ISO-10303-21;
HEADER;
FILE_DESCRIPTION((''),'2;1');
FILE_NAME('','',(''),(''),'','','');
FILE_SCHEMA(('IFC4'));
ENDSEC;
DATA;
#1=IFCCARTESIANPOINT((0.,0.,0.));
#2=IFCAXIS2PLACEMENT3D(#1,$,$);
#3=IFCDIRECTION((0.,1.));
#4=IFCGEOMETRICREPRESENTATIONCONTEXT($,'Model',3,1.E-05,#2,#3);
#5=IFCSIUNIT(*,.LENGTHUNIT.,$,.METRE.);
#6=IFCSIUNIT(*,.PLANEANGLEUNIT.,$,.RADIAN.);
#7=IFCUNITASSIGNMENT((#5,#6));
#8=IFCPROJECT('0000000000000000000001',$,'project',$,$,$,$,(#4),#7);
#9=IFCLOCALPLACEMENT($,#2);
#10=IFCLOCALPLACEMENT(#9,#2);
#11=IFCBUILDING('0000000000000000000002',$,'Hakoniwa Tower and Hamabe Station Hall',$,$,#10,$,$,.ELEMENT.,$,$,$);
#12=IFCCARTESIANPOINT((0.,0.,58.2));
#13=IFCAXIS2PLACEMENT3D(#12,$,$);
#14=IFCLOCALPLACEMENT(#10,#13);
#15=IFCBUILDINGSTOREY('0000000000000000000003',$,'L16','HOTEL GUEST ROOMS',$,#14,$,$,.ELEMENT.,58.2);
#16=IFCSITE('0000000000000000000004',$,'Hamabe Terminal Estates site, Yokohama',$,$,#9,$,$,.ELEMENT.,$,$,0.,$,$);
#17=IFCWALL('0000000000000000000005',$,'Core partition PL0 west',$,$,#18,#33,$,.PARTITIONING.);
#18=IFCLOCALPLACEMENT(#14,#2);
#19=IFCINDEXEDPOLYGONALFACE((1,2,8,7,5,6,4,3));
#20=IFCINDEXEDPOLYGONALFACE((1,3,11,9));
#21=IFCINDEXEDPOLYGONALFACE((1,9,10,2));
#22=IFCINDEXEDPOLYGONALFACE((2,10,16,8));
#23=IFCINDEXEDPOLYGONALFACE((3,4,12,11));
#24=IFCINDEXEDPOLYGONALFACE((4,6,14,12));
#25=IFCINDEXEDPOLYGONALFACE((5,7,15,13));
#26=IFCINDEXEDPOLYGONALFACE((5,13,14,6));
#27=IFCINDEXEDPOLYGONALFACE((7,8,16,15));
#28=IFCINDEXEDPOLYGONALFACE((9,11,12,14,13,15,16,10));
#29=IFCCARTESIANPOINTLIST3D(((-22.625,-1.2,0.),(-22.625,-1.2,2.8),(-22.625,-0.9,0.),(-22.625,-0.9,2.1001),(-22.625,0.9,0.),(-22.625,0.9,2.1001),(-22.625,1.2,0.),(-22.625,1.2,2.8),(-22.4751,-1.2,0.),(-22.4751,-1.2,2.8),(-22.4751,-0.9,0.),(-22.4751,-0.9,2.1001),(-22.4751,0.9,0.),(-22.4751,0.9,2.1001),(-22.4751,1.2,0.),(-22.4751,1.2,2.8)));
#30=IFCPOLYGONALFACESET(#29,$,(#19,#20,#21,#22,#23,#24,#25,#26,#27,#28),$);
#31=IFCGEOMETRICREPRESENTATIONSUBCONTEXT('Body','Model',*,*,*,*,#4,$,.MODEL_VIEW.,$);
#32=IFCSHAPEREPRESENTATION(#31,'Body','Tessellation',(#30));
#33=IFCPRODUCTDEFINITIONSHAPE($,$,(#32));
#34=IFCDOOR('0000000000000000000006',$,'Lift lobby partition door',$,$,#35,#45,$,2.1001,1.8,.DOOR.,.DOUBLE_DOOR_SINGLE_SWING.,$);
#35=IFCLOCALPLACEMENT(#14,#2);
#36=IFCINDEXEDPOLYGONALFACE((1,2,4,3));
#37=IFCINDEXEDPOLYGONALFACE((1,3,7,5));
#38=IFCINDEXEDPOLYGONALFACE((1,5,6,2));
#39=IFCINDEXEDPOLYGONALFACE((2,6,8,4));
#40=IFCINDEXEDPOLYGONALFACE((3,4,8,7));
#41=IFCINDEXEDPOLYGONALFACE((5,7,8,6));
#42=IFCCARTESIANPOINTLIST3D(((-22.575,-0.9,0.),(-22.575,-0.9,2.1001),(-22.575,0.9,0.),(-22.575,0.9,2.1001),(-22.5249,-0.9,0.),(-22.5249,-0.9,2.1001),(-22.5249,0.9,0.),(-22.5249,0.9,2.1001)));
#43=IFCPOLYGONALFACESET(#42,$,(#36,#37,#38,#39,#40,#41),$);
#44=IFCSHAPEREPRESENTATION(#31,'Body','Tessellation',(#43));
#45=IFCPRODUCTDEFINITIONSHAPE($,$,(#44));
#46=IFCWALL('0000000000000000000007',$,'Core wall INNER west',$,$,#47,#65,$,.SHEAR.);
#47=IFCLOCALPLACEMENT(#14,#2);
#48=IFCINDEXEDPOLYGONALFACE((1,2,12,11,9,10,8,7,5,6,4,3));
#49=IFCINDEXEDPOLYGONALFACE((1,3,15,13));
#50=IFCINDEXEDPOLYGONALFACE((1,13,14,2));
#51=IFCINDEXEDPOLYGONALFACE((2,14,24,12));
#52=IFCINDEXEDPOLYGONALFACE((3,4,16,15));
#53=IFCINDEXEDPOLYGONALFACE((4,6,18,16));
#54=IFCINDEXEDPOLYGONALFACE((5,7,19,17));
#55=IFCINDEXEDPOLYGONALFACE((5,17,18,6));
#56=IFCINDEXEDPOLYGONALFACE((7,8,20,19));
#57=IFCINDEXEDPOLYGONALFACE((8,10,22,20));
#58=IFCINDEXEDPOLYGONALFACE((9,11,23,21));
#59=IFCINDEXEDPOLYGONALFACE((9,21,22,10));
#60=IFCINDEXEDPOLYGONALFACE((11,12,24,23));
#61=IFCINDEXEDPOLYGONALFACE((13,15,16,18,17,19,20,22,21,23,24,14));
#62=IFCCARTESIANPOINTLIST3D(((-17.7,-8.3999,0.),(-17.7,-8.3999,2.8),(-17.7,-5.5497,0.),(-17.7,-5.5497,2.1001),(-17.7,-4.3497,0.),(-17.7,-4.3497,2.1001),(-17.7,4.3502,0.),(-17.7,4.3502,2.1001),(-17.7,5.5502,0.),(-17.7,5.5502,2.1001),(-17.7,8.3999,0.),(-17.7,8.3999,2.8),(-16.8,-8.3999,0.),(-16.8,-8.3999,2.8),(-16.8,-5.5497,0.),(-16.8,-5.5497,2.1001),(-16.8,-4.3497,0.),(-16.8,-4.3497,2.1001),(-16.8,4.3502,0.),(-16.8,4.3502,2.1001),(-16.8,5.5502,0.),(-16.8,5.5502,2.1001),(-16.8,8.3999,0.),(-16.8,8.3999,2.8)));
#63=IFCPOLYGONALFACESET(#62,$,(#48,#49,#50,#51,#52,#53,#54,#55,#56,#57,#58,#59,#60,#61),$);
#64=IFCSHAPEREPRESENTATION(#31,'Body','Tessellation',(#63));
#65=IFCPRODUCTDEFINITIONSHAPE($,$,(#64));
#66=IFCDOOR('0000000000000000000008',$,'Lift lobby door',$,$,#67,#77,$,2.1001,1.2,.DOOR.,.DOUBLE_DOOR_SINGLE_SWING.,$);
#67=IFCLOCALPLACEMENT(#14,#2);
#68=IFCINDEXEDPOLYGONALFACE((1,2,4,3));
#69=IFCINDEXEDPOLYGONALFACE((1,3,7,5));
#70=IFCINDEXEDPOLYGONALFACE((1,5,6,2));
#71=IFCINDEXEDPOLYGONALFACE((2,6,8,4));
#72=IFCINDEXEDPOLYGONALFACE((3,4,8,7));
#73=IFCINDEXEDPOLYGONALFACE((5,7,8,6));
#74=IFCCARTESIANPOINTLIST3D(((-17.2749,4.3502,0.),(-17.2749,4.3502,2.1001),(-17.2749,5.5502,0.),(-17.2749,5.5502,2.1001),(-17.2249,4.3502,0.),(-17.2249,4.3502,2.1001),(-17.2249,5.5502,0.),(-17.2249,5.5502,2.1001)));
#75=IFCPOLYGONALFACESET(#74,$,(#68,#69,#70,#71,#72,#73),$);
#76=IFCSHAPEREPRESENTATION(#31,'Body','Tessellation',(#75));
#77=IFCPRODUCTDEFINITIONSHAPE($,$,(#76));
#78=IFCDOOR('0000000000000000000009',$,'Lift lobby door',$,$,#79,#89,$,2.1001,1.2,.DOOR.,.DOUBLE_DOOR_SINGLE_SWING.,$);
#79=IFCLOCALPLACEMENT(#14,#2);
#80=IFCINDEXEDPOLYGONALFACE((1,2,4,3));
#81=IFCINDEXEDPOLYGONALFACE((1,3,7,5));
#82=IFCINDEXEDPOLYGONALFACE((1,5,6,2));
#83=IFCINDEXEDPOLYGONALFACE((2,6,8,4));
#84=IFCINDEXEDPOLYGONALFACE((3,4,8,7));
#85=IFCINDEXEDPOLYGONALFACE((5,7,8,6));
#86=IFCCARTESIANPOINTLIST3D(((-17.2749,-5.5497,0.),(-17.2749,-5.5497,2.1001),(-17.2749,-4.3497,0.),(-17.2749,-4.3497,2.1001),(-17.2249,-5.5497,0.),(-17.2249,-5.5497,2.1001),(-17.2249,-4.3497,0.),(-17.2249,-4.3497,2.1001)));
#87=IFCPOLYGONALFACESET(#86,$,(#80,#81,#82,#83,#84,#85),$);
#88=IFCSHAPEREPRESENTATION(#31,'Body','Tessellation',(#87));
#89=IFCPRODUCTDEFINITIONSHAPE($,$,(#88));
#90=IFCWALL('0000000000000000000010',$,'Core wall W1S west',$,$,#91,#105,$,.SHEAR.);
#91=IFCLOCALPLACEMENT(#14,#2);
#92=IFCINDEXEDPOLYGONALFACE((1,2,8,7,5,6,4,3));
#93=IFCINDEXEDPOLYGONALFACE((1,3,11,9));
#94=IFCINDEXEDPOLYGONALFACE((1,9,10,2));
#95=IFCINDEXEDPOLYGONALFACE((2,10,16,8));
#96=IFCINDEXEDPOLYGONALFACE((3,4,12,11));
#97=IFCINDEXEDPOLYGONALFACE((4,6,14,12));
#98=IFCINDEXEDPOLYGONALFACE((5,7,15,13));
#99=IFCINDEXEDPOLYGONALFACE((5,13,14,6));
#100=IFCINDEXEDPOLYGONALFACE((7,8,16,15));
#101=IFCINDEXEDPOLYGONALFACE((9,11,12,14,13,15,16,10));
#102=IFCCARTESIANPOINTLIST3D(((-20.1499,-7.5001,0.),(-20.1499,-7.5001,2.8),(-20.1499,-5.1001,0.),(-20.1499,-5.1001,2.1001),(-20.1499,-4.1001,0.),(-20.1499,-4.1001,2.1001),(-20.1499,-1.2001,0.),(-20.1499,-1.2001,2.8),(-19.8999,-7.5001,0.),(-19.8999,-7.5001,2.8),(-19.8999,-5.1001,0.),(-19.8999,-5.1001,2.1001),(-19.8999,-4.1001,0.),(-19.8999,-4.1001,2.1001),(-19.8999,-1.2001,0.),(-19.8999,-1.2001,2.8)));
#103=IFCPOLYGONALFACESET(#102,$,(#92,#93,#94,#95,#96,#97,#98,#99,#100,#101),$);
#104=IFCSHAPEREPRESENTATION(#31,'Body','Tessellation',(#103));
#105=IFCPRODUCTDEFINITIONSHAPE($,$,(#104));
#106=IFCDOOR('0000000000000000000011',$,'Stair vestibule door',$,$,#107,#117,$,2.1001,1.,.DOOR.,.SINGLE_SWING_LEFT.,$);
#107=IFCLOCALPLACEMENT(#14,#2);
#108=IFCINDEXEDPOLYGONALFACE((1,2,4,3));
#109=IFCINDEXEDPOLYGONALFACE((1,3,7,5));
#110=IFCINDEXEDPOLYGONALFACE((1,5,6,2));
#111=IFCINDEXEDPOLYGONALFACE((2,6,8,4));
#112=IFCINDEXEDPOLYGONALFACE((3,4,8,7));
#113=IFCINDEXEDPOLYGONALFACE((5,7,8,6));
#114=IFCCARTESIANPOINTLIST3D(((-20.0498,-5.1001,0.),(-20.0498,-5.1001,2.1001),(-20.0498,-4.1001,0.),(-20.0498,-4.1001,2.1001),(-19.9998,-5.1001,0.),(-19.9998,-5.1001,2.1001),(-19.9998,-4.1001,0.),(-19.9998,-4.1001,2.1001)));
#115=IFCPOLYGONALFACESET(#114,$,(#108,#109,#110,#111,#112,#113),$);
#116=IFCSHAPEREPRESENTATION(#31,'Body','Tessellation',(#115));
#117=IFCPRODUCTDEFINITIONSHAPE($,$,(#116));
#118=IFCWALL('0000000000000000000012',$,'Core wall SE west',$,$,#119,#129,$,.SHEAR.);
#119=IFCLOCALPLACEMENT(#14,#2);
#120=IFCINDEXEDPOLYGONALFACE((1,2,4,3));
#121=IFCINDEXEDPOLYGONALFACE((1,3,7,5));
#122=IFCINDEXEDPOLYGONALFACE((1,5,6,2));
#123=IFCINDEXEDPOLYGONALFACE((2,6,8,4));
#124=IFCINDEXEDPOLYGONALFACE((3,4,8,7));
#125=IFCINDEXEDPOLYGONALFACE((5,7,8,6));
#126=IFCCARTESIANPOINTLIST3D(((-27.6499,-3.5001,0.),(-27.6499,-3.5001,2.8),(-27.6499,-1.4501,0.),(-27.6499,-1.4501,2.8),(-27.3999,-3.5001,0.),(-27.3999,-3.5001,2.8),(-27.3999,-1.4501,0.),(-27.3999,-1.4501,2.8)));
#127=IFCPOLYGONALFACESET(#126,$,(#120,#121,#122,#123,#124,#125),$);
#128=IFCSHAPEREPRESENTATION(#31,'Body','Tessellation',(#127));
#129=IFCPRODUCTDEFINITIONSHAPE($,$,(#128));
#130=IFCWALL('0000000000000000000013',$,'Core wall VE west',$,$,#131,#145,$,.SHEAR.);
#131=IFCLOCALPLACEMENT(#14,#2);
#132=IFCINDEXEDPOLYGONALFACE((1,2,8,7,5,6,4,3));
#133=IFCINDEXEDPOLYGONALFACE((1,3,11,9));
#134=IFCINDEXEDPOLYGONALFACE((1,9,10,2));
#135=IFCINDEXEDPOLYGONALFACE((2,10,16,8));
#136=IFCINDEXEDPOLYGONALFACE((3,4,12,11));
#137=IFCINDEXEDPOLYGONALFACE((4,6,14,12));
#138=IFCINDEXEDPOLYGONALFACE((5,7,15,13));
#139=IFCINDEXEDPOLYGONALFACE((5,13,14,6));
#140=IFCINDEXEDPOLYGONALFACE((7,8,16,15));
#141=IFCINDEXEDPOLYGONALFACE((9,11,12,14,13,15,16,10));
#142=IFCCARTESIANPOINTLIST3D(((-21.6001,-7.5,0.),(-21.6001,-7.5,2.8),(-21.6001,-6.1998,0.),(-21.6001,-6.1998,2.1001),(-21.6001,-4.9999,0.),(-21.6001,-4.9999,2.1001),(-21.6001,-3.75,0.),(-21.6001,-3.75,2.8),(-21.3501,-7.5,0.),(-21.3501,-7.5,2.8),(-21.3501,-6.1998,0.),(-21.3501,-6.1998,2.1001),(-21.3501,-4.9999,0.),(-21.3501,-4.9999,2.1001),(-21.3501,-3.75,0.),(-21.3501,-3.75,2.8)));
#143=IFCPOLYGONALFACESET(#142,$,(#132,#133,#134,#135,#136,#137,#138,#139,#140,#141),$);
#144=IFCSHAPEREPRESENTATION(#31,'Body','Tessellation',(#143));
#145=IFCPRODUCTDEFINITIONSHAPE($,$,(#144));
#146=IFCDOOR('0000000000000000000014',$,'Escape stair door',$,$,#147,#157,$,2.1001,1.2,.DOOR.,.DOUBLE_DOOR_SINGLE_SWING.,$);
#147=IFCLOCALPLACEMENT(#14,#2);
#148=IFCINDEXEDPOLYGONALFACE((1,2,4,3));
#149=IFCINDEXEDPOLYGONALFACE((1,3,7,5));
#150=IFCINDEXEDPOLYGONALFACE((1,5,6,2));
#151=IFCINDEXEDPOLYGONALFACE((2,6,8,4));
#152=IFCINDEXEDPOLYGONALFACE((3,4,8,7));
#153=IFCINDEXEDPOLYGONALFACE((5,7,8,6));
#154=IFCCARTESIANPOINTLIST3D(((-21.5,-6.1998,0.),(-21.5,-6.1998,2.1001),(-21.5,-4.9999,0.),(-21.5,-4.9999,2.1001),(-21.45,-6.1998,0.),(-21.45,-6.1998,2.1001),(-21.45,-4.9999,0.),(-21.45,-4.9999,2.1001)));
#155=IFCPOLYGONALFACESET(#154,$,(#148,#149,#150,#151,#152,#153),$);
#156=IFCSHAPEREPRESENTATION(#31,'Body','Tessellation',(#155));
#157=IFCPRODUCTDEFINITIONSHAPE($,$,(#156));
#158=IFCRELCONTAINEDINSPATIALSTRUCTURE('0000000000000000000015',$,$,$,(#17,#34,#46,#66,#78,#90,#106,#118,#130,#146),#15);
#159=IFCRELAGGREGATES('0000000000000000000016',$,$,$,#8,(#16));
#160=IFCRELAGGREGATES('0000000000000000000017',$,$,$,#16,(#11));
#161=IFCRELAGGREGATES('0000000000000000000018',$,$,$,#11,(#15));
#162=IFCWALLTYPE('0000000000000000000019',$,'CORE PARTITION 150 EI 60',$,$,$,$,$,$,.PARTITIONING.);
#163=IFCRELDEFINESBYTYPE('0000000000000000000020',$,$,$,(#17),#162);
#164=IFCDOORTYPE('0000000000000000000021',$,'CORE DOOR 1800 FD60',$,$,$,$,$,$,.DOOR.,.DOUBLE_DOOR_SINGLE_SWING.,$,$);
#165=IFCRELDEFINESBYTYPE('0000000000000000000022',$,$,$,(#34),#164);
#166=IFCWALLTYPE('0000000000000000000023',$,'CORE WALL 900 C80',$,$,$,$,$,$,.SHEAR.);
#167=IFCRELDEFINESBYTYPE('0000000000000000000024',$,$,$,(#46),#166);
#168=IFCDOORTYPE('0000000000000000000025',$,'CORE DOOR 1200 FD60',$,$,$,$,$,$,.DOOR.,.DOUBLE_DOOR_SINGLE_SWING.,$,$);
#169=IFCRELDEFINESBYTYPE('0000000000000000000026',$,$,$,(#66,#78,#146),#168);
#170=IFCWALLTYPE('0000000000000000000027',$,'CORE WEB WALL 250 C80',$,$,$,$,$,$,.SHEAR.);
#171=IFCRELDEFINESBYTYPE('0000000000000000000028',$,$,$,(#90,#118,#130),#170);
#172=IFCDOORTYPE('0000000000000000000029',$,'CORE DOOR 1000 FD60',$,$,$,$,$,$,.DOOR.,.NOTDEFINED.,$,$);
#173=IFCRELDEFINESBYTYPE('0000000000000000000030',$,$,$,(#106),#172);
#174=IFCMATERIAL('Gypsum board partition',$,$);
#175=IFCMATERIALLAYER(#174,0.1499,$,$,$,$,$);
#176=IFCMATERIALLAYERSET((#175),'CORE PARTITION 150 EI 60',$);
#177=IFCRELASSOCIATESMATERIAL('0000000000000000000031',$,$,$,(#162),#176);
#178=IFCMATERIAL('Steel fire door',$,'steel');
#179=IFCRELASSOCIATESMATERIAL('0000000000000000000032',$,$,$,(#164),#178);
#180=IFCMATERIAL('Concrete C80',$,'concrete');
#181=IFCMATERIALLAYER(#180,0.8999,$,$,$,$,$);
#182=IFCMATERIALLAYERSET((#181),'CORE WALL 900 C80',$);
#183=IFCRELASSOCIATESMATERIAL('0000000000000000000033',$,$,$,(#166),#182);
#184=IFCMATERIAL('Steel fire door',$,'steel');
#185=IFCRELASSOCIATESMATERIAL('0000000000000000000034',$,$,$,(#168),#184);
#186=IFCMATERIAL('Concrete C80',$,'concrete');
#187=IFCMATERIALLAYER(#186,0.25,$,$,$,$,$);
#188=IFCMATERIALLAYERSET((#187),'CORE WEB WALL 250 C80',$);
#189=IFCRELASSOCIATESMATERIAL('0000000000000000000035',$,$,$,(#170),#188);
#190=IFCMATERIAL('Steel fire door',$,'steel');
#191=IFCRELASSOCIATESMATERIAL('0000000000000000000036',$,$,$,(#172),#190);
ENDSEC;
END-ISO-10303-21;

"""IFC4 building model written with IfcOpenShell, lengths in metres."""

from ifc_helpers import new_model, si_unit, direction, frame, frame_2d, origin, place, context, subcontext, project, spatial, rectangle, extrude, material, layer, layer_set, type_object, element, fill, save


model = new_model("IFC4")

# Units and contexts
model_context = context("Model", 3, precision=1e-05, world=origin(), true_north=direction((0.0, 1.0)))
body_context = subcontext(model_context, "Body", "Model", "MODEL_VIEW")
ifc_project = project(units=[si_unit("LENGTHUNIT", "METRE"), si_unit("PLANEANGLEUNIT", "RADIAN")], contexts=[model_context])

# Site, building, storey
site_placement = place(None, origin())
site = spatial("IfcSite", under=ifc_project, at=site_placement, Name="Hamabe Terminal Estates site, Yokohama", CompositionType="ELEMENT", RefElevation=0.0)
building_placement = place(site_placement, origin())
building = spatial("IfcBuilding", under=site, at=building_placement, Name="Hakoniwa Tower and Hamabe Station Hall", CompositionType="ELEMENT")
storey_placement = place(building_placement, frame((0.0, 0.0, 58.2)))
storey = spatial("IfcBuildingStorey", under=building, at=storey_placement, Name="L16", Description="HOTEL GUEST ROOMS", CompositionType="ELEMENT", Elevation=58.2)

# Wall, opening, door
ifc_material_1 = material(Name="Gypsum board partition")
ifc_layer_1 = layer(ifc_material_1, 0.1499)
ifc_layer_set_1 = layer_set([ifc_layer_1], Name="CORE PARTITION 150 EI 60")
wall_type_1 = type_object("IfcWallType", Name="CORE PARTITION 150 EI 60", PredefinedType="PARTITIONING", material=ifc_layer_set_1)
wall_1_placement = place(storey_placement, frame((-22.55, -1.2, 0.0), z_axis=(0.0, 0.0, 1.0), x_axis=(0.0, 1.0, 0.0)))
wall_1 = element("IfcWall", 1, at=wall_1_placement, inside=storey, type_object=wall_type_1, Name="Core partition PL0 west", PredefinedType="PARTITIONING", context=body_context, shape_type="SweptSolid", body=[
    extrude(rectangle(XDim=2.3999, YDim=0.1499, at=frame_2d((1.2, 0.0))), origin(), (0.0, 0.0, 1.0), 2.8),
])
opening_1_placement = place(wall_1_placement, frame((0.3, 0.0, 0.0)))
opening_1 = element("IfcOpeningElement", 2, at=opening_1_placement, cuts=wall_1, PredefinedType="OPENING", context=body_context, shape_type="SweptSolid", body=[
    extrude(rectangle(XDim=1.8, YDim=2.1001, at=frame_2d((0.8999, 1.05))), frame((0.0, 0.085, 0.0), z_axis=(0.0, -1.0, 0.0), x_axis=(1.0, 0.0, 0.0)), (0.0, 0.0, 1.0), 0.1699),
])
ifc_material_2 = material(Name="Steel fire door", Category="steel")
door_type_1 = type_object("IfcDoorType", Name="CORE DOOR 1800 FD60", OperationType="DOUBLE_DOOR_SINGLE_SWING", PredefinedType="DOOR", material=ifc_material_2)
door_1_placement = place(opening_1_placement, origin())
door_1 = element("IfcDoor", 3, at=door_1_placement, inside=storey, type_object=door_type_1, Name="Lift lobby partition door", OperationType="DOUBLE_DOOR_SINGLE_SWING", OverallHeight=2.1001, OverallWidth=1.8, PredefinedType="DOOR", context=body_context, shape_type="SweptSolid", body=[
    extrude(rectangle(XDim=1.8, YDim=2.1001, at=frame_2d((0.8999, 1.05))), frame((0.0, 0.0249, 0.0), z_axis=(0.0, -1.0, 0.0), x_axis=(1.0, 0.0, 0.0)), (0.0, 0.0, 1.0), 0.05),
])
fill(opening_1, door_1)

# Wall, openings, doors
ifc_material_3 = material(Name="Concrete C80", Category="concrete")
ifc_layer_2 = layer(ifc_material_3, 0.8999)
ifc_layer_set_2 = layer_set([ifc_layer_2], Name="CORE WALL 900 C80")
wall_type_2 = type_object("IfcWallType", Name="CORE WALL 900 C80", PredefinedType="SHEAR", material=ifc_layer_set_2)
wall_2_placement = place(storey_placement, frame((-17.25, -8.3999, 0.0), z_axis=(0.0, 0.0, 1.0), x_axis=(0.0, 1.0, 0.0)))
wall_2 = element("IfcWall", 4, at=wall_2_placement, inside=storey, type_object=wall_type_2, Name="Core wall INNER west", PredefinedType="SHEAR", context=body_context, shape_type="SweptSolid", body=[
    extrude(rectangle(XDim=16.7998, YDim=0.8999, at=frame_2d((8.3999, 0.0))), origin(), (0.0, 0.0, 1.0), 2.8),
])
opening_2_placement = place(wall_2_placement, frame((12.75, 0.0, 0.0)))
opening_2 = element("IfcOpeningElement", 5, at=opening_2_placement, cuts=wall_2, PredefinedType="OPENING", context=body_context, shape_type="SweptSolid", body=[
    extrude(rectangle(XDim=1.2, YDim=2.1001, at=frame_2d((0.6001, 1.05))), frame((0.0, 0.46, 0.0), z_axis=(0.0, -1.0, 0.0), x_axis=(1.0, 0.0, 0.0)), (0.0, 0.0, 1.0), 0.9199),
])
opening_3_placement = place(wall_2_placement, frame((2.8501, 0.0, 0.0)))
opening_3 = element("IfcOpeningElement", 6, at=opening_3_placement, cuts=wall_2, PredefinedType="OPENING", context=body_context, shape_type="SweptSolid", body=[
    extrude(rectangle(XDim=1.2, YDim=2.1001, at=frame_2d((0.6001, 1.05))), frame((0.0, 0.46, 0.0), z_axis=(0.0, -1.0, 0.0), x_axis=(1.0, 0.0, 0.0)), (0.0, 0.0, 1.0), 0.9199),
])
ifc_material_4 = material(Name="Steel fire door", Category="steel")
door_type_2 = type_object("IfcDoorType", Name="CORE DOOR 1200 FD60", OperationType="DOUBLE_DOOR_SINGLE_SWING", PredefinedType="DOOR", material=ifc_material_4)
door_2_placement = place(opening_2_placement, origin())
door_2 = element("IfcDoor", 7, at=door_2_placement, inside=storey, type_object=door_type_2, Name="Lift lobby door", OperationType="DOUBLE_DOOR_SINGLE_SWING", OverallHeight=2.1001, OverallWidth=1.2, PredefinedType="DOOR", context=body_context, shape_type="SweptSolid", body=[
    extrude(rectangle(XDim=1.2, YDim=2.1001, at=frame_2d((0.6001, 1.05))), frame((0.0, 0.0249, 0.0), z_axis=(0.0, -1.0, 0.0), x_axis=(1.0, 0.0, 0.0)), (0.0, 0.0, 1.0), 0.05),
])
fill(opening_2, door_2)
door_3_placement = place(opening_3_placement, origin())
door_3 = element("IfcDoor", 8, at=door_3_placement, inside=storey, type_object=door_type_2, Name="Lift lobby door", OperationType="DOUBLE_DOOR_SINGLE_SWING", OverallHeight=2.1001, OverallWidth=1.2, PredefinedType="DOOR", context=body_context, shape_type="SweptSolid", body=[
    extrude(rectangle(XDim=1.2, YDim=2.1001, at=frame_2d((0.6001, 1.05))), frame((0.0, 0.0249, 0.0), z_axis=(0.0, -1.0, 0.0), x_axis=(1.0, 0.0, 0.0)), (0.0, 0.0, 1.0), 0.05),
])
fill(opening_3, door_3)

# Wall, opening, door
ifc_material_5 = material(Name="Concrete C80", Category="concrete")
ifc_layer_3 = layer(ifc_material_5, 0.25)
ifc_layer_set_3 = layer_set([ifc_layer_3], Name="CORE WEB WALL 250 C80")
wall_type_3 = type_object("IfcWallType", Name="CORE WEB WALL 250 C80", PredefinedType="SHEAR", material=ifc_layer_set_3)
wall_3_placement = place(storey_placement, frame((-20.0249, -7.5, 0.0), z_axis=(0.0, 0.0, 1.0), x_axis=(0.0, 1.0, 0.0)))
wall_3 = element("IfcWall", 9, at=wall_3_placement, inside=storey, type_object=wall_type_3, Name="Core wall W1S west", PredefinedType="SHEAR", context=body_context, shape_type="SweptSolid", body=[
    extrude(rectangle(XDim=6.3, YDim=0.25, at=frame_2d((3.1499, 0.0))), origin(), (0.0, 0.0, 1.0), 2.8),
])
opening_4_placement = place(wall_3_placement, frame((2.3999, 0.0, 0.0)))
opening_4 = element("IfcOpeningElement", 10, at=opening_4_placement, cuts=wall_3, PredefinedType="OPENING", context=body_context, shape_type="SweptSolid", body=[
    extrude(rectangle(XDim=1.0, YDim=2.1001, at=frame_2d((0.5, 1.05))), frame((0.0, 0.135, 0.0), z_axis=(0.0, -1.0, 0.0), x_axis=(1.0, 0.0, 0.0)), (0.0, 0.0, 1.0), 0.27),
])
ifc_material_6 = material(Name="Steel fire door", Category="steel")
door_type_3 = type_object("IfcDoorType", Name="CORE DOOR 1000 FD60", OperationType="NOTDEFINED", PredefinedType="DOOR", material=ifc_material_6)
door_4_placement = place(opening_4_placement, origin())
door_4 = element("IfcDoor", 11, at=door_4_placement, inside=storey, type_object=door_type_3, Name="Stair vestibule door", OperationType="SINGLE_SWING_LEFT", OverallHeight=2.1001, OverallWidth=1.0, PredefinedType="DOOR", context=body_context, shape_type="SweptSolid", body=[
    extrude(rectangle(XDim=1.0, YDim=2.1001, at=frame_2d((0.5, 1.05))), frame((0.0, 0.0249, 0.0), z_axis=(0.0, -1.0, 0.0), x_axis=(1.0, 0.0, 0.0)), (0.0, 0.0, 1.0), 0.05),
])
fill(opening_4, door_4)

# Wall
wall_4_placement = place(storey_placement, frame((-27.5249, -3.5, 0.0), z_axis=(0.0, 0.0, 1.0), x_axis=(0.0, 1.0, 0.0)))
element("IfcWall", 12, at=wall_4_placement, inside=storey, type_object=wall_type_3, Name="Core wall SE west", PredefinedType="SHEAR", context=body_context, shape_type="SweptSolid", body=[
    extrude(rectangle(XDim=2.05, YDim=0.25, at=frame_2d((1.0249, 0.0))), origin(), (0.0, 0.0, 1.0), 2.8),
])

# Wall, opening, door
wall_5_placement = place(storey_placement, frame((-21.4751, -7.5, 0.0), z_axis=(0.0, 0.0, 1.0), x_axis=(0.0, 1.0, 0.0)))
wall_5 = element("IfcWall", 13, at=wall_5_placement, inside=storey, type_object=wall_type_3, Name="Core wall VE west", PredefinedType="SHEAR", context=body_context, shape_type="SweptSolid", body=[
    extrude(rectangle(XDim=3.75, YDim=0.25, at=frame_2d((1.875, 0.0))), origin(), (0.0, 0.0, 1.0), 2.8),
])
opening_5_placement = place(wall_5_placement, frame((1.3, 0.0, 0.0)))
opening_5 = element("IfcOpeningElement", 14, at=opening_5_placement, cuts=wall_5, PredefinedType="OPENING", context=body_context, shape_type="SweptSolid", body=[
    extrude(rectangle(XDim=1.2, YDim=2.1001, at=frame_2d((0.6001, 1.05))), frame((0.0, 0.135, 0.0), z_axis=(0.0, -1.0, 0.0), x_axis=(1.0, 0.0, 0.0)), (0.0, 0.0, 1.0), 0.27),
])
door_5_placement = place(opening_5_placement, origin())
door_5 = element("IfcDoor", 15, at=door_5_placement, inside=storey, type_object=door_type_2, Name="Escape stair door", OperationType="DOUBLE_DOOR_SINGLE_SWING", OverallHeight=2.1001, OverallWidth=1.2, PredefinedType="DOOR", context=body_context, shape_type="SweptSolid", body=[
    extrude(rectangle(XDim=1.2, YDim=2.1001, at=frame_2d((0.6001, 1.05))), frame((0.0, 0.0249, 0.0), z_axis=(0.0, -1.0, 0.0), x_axis=(1.0, 0.0, 0.0)), (0.0, 0.0, 1.0), 0.05),
])
fill(opening_5, door_5)

save(model, "model.ifc")
